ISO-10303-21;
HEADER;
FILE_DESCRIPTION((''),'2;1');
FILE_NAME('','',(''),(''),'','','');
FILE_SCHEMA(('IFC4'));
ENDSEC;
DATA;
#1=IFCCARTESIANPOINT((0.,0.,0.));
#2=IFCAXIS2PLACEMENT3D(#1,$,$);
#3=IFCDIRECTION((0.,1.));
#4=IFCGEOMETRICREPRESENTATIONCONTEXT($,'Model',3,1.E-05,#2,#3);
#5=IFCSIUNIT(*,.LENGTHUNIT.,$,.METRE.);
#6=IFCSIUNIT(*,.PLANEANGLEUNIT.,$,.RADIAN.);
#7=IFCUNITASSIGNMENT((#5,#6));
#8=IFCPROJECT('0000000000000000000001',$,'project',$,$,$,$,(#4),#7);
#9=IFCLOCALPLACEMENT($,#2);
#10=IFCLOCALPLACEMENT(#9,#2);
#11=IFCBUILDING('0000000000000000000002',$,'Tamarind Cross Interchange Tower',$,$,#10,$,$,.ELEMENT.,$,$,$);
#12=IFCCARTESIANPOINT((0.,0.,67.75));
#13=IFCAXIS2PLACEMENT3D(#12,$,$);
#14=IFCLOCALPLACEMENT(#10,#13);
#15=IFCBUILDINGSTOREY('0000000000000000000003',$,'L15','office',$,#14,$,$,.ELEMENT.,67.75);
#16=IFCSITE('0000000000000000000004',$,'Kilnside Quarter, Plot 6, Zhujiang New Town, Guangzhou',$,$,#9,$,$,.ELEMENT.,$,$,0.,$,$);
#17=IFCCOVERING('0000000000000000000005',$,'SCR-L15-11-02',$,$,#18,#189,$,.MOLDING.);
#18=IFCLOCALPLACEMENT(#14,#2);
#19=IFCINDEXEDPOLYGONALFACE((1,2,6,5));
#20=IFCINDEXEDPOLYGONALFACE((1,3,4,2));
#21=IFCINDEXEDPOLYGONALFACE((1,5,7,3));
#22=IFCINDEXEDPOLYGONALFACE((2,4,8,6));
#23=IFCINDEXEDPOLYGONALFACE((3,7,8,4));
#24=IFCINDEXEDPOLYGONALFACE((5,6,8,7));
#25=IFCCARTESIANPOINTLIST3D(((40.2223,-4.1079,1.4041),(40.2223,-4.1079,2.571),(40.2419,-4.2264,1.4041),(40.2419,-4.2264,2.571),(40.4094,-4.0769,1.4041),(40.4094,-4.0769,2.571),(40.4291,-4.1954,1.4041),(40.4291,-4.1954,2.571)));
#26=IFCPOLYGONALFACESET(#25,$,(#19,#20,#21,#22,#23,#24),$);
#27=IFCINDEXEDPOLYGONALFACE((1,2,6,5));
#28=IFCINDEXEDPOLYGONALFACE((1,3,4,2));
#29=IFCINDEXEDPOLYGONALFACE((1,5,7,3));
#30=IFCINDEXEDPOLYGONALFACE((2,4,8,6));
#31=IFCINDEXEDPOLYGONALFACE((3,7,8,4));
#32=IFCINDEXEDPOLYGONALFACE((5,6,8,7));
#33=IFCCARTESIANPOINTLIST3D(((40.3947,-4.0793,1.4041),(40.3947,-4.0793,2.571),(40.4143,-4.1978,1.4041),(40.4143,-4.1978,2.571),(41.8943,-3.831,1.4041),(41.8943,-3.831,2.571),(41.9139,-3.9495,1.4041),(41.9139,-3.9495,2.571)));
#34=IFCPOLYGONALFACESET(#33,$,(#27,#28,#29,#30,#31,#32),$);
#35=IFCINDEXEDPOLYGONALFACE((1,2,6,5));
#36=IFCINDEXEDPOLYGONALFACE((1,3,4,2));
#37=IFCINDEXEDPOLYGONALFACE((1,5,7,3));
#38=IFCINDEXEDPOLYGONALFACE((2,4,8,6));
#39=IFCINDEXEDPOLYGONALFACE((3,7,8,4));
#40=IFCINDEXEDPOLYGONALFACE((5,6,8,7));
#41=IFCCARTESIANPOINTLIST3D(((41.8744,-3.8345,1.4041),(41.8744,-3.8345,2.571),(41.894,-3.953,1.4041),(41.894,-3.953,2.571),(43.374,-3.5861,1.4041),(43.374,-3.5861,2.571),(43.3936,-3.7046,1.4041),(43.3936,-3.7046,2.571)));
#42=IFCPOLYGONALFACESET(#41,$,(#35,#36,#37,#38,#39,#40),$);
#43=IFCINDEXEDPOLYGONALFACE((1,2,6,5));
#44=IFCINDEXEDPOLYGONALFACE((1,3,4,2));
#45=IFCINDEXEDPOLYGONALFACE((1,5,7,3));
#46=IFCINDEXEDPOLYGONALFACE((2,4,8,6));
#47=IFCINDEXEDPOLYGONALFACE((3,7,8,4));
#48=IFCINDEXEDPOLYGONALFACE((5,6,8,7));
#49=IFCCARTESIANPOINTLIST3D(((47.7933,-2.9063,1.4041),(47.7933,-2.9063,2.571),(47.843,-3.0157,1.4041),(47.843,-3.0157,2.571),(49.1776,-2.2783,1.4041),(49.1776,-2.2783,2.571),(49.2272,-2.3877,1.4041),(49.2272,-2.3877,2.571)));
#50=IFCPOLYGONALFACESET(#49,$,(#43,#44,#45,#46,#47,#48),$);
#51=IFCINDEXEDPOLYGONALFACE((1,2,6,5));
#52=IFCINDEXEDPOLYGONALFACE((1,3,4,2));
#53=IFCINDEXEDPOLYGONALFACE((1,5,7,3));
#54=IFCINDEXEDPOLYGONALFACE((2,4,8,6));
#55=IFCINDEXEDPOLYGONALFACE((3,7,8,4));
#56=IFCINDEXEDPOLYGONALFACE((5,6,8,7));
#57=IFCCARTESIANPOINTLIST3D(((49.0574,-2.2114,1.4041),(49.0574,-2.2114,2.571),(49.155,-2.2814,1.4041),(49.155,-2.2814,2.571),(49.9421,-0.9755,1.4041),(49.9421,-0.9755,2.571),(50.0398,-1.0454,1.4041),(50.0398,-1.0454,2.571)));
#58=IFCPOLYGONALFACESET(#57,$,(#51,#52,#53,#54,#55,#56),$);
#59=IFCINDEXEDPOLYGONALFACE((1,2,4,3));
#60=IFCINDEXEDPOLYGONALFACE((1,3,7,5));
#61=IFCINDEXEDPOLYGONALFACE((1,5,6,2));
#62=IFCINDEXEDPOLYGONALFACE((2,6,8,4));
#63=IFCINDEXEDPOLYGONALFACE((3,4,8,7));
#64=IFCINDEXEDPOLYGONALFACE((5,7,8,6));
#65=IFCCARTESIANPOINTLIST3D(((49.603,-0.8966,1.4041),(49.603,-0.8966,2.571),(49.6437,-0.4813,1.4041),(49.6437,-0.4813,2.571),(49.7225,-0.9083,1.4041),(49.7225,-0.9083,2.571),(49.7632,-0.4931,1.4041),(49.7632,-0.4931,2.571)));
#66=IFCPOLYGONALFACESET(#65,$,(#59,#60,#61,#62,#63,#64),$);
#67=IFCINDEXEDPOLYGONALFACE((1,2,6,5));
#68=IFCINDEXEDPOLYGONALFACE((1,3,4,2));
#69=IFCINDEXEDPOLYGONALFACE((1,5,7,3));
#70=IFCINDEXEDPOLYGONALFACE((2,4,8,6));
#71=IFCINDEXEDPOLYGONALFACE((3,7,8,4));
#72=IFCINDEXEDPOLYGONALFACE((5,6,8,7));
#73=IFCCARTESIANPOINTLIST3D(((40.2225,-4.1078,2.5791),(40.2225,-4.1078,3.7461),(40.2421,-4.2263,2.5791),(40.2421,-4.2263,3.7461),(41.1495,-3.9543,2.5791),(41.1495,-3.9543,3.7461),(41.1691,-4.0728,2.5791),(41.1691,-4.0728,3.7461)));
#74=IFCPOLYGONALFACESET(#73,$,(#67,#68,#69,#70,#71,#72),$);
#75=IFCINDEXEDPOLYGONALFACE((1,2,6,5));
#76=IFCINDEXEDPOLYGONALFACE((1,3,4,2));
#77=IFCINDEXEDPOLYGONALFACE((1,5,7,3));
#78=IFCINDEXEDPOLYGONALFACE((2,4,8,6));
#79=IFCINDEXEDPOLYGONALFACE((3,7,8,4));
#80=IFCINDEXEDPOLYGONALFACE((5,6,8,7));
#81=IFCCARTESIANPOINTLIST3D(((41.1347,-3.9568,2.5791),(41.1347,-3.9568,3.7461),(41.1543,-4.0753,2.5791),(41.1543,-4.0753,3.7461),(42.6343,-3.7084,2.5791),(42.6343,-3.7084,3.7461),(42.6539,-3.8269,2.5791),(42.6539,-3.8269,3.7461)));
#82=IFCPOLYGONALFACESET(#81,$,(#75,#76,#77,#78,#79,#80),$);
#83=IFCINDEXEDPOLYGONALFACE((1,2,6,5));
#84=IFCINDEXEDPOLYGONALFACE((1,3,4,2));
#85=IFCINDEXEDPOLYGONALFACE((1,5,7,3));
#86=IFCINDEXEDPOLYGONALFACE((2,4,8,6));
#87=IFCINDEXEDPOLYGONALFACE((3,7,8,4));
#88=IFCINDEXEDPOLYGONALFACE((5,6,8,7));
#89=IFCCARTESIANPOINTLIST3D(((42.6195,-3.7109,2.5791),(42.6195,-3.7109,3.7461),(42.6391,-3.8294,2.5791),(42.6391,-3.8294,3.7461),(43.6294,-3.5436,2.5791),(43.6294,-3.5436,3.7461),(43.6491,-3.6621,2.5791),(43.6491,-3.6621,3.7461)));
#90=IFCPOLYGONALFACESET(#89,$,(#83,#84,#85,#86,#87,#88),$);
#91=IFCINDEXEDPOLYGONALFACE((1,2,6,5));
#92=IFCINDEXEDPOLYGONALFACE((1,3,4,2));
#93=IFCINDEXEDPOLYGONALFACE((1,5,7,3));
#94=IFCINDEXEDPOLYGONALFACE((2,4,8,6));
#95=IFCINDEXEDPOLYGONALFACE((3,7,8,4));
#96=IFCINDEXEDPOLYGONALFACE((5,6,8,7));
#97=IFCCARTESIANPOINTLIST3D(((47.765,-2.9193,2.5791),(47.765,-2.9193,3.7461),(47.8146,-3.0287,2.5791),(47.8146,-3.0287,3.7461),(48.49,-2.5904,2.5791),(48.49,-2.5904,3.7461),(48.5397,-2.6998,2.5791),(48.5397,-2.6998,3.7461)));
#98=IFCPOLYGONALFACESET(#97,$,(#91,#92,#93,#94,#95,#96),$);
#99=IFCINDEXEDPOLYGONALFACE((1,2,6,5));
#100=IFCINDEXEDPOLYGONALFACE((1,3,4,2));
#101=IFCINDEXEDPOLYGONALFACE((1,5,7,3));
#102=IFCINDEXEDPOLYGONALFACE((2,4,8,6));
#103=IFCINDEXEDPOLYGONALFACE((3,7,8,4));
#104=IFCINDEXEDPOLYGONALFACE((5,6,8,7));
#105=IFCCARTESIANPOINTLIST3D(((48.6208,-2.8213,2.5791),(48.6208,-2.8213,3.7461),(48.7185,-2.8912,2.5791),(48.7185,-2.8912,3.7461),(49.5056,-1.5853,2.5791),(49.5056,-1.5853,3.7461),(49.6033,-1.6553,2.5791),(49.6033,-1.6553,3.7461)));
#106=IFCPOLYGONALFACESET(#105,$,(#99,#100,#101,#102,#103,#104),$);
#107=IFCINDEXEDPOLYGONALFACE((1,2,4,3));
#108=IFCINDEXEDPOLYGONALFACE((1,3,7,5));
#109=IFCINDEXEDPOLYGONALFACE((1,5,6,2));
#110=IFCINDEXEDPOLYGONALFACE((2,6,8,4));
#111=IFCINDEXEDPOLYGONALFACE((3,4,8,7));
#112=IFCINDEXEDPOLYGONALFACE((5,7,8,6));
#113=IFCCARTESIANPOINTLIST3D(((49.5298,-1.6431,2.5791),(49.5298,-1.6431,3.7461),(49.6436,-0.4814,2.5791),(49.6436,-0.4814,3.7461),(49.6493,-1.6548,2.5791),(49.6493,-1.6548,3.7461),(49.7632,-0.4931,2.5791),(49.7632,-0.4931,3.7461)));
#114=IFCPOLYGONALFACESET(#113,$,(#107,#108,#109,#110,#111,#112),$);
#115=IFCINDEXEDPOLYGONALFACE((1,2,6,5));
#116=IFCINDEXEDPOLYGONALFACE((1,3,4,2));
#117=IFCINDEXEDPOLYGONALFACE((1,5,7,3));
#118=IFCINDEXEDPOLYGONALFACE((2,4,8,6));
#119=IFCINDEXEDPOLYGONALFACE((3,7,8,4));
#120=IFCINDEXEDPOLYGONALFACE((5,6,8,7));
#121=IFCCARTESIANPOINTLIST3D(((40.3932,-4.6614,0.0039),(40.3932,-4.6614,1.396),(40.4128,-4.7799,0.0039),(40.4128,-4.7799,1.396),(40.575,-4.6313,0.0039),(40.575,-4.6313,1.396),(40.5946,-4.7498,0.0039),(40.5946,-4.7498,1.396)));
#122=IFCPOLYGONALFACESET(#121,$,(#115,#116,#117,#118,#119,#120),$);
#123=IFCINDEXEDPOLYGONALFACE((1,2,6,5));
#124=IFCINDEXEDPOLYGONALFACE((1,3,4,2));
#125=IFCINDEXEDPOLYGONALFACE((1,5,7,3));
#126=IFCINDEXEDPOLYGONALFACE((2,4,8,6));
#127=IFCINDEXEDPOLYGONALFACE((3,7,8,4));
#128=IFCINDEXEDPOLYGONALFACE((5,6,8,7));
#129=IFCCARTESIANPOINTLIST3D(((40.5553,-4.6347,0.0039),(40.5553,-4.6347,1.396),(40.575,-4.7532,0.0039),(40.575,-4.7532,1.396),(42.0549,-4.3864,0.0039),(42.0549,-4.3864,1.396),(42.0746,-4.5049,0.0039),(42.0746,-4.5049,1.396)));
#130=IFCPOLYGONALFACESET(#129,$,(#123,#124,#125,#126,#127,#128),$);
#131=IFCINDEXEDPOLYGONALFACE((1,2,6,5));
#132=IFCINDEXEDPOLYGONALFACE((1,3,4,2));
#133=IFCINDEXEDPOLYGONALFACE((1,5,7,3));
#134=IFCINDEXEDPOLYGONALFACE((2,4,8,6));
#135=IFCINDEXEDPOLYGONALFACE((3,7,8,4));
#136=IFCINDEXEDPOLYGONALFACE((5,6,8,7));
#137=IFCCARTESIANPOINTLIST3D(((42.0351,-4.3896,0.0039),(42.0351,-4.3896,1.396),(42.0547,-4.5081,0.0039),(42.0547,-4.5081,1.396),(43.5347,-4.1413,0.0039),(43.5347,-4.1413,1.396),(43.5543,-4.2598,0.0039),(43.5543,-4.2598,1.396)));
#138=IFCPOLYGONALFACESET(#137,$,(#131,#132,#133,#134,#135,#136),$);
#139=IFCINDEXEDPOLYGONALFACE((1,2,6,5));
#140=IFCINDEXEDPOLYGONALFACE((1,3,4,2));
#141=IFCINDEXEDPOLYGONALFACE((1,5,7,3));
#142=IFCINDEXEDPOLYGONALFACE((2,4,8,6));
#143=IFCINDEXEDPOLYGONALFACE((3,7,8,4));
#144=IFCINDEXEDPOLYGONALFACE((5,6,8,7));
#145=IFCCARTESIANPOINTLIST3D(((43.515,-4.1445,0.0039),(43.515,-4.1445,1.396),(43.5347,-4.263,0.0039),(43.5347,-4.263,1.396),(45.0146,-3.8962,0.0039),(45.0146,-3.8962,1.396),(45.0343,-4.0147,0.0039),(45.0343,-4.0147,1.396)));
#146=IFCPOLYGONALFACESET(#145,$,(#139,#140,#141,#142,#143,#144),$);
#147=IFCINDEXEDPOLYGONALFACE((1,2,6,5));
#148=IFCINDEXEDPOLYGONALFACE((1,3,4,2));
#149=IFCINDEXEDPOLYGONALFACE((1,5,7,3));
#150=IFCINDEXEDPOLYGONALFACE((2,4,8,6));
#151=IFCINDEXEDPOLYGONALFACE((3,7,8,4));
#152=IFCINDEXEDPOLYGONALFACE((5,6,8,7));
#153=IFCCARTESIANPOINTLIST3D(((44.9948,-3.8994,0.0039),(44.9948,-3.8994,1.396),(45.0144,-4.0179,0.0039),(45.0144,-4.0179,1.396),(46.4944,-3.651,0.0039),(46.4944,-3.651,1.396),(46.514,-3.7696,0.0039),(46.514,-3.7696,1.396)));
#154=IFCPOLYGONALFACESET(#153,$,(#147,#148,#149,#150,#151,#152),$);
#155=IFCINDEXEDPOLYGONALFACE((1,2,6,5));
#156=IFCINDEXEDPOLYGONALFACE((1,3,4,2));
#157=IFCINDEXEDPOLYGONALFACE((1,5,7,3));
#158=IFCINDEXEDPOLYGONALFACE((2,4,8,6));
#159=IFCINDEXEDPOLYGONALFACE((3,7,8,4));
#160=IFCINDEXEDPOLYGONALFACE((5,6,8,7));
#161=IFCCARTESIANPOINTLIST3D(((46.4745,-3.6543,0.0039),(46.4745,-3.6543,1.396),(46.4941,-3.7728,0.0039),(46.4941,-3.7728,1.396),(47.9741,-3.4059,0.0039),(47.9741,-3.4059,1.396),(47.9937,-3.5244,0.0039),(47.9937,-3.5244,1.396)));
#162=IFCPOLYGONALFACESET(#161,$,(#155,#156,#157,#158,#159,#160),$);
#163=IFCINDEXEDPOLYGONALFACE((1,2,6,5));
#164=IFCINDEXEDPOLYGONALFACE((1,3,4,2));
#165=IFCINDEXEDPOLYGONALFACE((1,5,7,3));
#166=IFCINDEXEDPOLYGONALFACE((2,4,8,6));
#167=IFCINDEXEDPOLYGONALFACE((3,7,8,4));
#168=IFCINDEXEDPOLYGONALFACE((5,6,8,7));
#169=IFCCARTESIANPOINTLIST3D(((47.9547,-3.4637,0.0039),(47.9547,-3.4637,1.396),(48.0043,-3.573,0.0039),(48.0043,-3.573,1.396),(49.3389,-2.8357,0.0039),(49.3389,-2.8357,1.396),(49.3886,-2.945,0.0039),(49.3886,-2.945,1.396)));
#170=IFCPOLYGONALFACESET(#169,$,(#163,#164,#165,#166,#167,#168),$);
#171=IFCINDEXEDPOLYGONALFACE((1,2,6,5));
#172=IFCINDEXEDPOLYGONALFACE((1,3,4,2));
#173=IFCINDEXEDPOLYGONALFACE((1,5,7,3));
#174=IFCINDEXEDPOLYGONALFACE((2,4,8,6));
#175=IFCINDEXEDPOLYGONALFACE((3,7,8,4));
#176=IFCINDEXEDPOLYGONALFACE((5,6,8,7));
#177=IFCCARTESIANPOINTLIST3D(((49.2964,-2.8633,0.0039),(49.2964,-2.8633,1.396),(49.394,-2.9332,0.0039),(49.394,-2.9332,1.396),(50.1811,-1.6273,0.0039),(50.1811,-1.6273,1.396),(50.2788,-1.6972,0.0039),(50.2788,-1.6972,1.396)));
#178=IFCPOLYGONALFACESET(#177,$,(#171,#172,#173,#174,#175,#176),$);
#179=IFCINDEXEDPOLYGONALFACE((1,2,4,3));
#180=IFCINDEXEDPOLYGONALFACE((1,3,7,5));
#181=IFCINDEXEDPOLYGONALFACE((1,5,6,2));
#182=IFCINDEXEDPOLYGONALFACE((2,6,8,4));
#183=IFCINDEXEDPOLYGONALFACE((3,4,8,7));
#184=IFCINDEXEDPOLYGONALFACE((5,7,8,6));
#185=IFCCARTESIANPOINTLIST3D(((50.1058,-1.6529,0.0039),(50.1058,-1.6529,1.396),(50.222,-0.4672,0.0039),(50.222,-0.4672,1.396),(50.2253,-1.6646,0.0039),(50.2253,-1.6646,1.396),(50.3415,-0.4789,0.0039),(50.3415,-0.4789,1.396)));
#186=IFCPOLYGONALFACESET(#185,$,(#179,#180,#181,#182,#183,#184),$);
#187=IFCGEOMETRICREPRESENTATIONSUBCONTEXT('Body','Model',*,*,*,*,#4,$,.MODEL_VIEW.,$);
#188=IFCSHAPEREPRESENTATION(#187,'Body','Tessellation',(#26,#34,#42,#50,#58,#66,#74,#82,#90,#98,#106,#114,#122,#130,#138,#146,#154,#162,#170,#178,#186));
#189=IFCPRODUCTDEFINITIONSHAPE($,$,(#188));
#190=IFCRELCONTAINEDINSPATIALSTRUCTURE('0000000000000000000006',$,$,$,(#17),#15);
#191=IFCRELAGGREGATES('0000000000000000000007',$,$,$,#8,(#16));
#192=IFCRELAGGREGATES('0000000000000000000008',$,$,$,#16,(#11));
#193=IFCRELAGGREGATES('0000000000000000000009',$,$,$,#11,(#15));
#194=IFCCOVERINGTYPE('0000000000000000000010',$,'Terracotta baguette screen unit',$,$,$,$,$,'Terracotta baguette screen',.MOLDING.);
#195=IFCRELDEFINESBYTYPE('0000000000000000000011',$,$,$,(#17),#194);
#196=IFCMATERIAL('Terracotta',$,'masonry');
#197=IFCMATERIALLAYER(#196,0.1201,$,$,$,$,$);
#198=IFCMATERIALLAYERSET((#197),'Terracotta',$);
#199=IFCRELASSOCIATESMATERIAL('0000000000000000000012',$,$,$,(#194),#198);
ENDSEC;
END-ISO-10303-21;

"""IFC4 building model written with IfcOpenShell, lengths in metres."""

from ifc_helpers import new_model, si_unit, direction, frame, origin, origin_2d, place, context, subcontext, project, spatial, rectangle, extrude, material, layer, layer_set, type_object, element, save


model = new_model("IFC4")

# Units and contexts
model_context = context("Model", 3, precision=1e-05, world=origin(), true_north=direction((0.0, 1.0)))
body_context = subcontext(model_context, "Body", "Model", "MODEL_VIEW")
ifc_project = project(units=[si_unit("LENGTHUNIT", "METRE"), si_unit("PLANEANGLEUNIT", "RADIAN")], contexts=[model_context])

# Site, building, storey
site_placement = place(None, origin())
site = spatial("IfcSite", under=ifc_project, at=site_placement, Name="Kilnside Quarter, Plot 6, Zhujiang New Town, Guangzhou", CompositionType="ELEMENT", RefElevation=0.0)
building_placement = place(site_placement, origin())
building = spatial("IfcBuilding", under=site, at=building_placement, Name="Tamarind Cross Interchange Tower", CompositionType="ELEMENT")
storey_placement = place(building_placement, frame((0.0, 0.0, 67.75)))
storey = spatial("IfcBuildingStorey", under=building, at=storey_placement, Name="L15", Description="office", CompositionType="ELEMENT", Elevation=67.75)

# Covering
ifc_material_1 = material(Name="Terracotta", Category="masonry")
ifc_layer_1 = layer(ifc_material_1, 0.1201)
ifc_layer_set_1 = layer_set([ifc_layer_1], Name="Terracotta")
covering_type = type_object("IfcCoveringType", Name="Terracotta baguette screen unit", ElementType="Terracotta baguette screen", PredefinedType="MOLDING", material=ifc_layer_set_1)
covering_1_placement = place(storey_placement, origin())
element("IfcCovering", 1, at=covering_1_placement, inside=storey, type_object=covering_type, Name="SCR-L15-11-02", PredefinedType="MOLDING", context=body_context, shape_type="SweptSolid", body=[
    extrude(rectangle(XDim=0.1897, YDim=0.1201, at=origin_2d()), frame((40.3257, -4.1516, 1.4041), z_axis=(0.0, 0.0, 1.0), x_axis=(0.986563, 0.163381, 0.0)), (0.0, 0.0, 1.0), 1.167),
    extrude(rectangle(XDim=1.52, YDim=0.1201, at=origin_2d()), frame((41.1543, -4.0144, 1.4041), z_axis=(0.0, 0.0, 1.0), x_axis=(0.986563, 0.163381, 0.0)), (0.0, 0.0, 1.0), 1.167),
    extrude(rectangle(XDim=1.52, YDim=0.1201, at=origin_2d()), frame((42.634, -3.7695, 1.4041), z_axis=(0.0, 0.0, 1.0), x_axis=(0.986563, 0.163381, 0.0)), (0.0, 0.0, 1.0), 1.167),
    extrude(rectangle(XDim=1.52, YDim=0.1201, at=origin_2d()), frame((48.5103, -2.647, 1.4041), z_axis=(0.0, 0.0, 1.0), x_axis=(0.910661, 0.413155, 0.0)), (0.0, 0.0, 1.0), 1.167),
    extrude(rectangle(XDim=1.52, YDim=0.1201, at=origin_2d()), frame((49.5486, -1.6284, 1.4041), z_axis=(0.0, 0.0, 1.0), x_axis=(0.582078, 0.813133, 0.0)), (0.0, 0.0, 1.0), 1.167),
    extrude(rectangle(XDim=0.4172, YDim=0.1201, at=origin_2d()), frame((49.6831, -0.6948, 1.4041), z_axis=(0.0, 0.0, 1.0), x_axis=(0.097527, 0.995233, 0.0)), (0.0, 0.0, 1.0), 1.167),
    extrude(rectangle(XDim=0.9397, YDim=0.1201, at=origin_2d()), frame((40.6958, -4.0903, 2.5791), z_axis=(0.0, 0.0, 1.0), x_axis=(0.986563, 0.163381, 0.0)), (0.0, 0.0, 1.0), 1.167),
    extrude(rectangle(XDim=1.52, YDim=0.1201, at=origin_2d()), frame((41.8943, -3.8918, 2.5791), z_axis=(0.0, 0.0, 1.0), x_axis=(0.986563, 0.163381, 0.0)), (0.0, 0.0, 1.0), 1.167),
    extrude(rectangle(XDim=1.0237, YDim=0.1201, at=origin_2d()), frame((43.1343, -3.6865, 2.5791), z_axis=(0.0, 0.0, 1.0), x_axis=(0.986563, 0.163381, 0.0)), (0.0, 0.0, 1.0), 1.167),
    extrude(rectangle(XDim=0.7961, YDim=0.1201, at=origin_2d()), frame((48.1523, -2.8096, 2.5791), z_axis=(0.0, 0.0, 1.0), x_axis=(0.910661, 0.413155, 0.0)), (0.0, 0.0, 1.0), 1.167),
    extrude(rectangle(XDim=1.52, YDim=0.1201, at=origin_2d()), frame((49.1121, -2.2383, 2.5791), z_axis=(0.0, 0.0, 1.0), x_axis=(0.582078, 0.813133, 0.0)), (0.0, 0.0, 1.0), 1.167),
    extrude(rectangle(XDim=1.1672, YDim=0.1201, at=origin_2d()), frame((49.6465, -1.0681, 2.5791), z_axis=(0.0, 0.0, 1.0), x_axis=(0.097527, 0.995233, 0.0)), (0.0, 0.0, 1.0), 1.167),
    extrude(rectangle(XDim=0.1843, YDim=0.1201, at=origin_2d()), frame((40.4939, -4.7056, 0.0039), z_axis=(0.0, 0.0, 1.0), x_axis=(0.986563, 0.163381, 0.0)), (0.0, 0.0, 1.0), 1.3921),
    extrude(rectangle(XDim=1.52, YDim=0.1201, at=origin_2d()), frame((41.3149, -4.5698, 0.0039), z_axis=(0.0, 0.0, 1.0), x_axis=(0.986563, 0.163381, 0.0)), (0.0, 0.0, 1.0), 1.3921),
    extrude(rectangle(XDim=1.52, YDim=0.1201, at=origin_2d()), frame((42.7947, -4.3247, 0.0039), z_axis=(0.0, 0.0, 1.0), x_axis=(0.986563, 0.163381, 0.0)), (0.0, 0.0, 1.0), 1.3921),
    extrude(rectangle(XDim=1.52, YDim=0.1201, at=origin_2d()), frame((44.2747, -4.0796, 0.0039), z_axis=(0.0, 0.0, 1.0), x_axis=(0.986563, 0.163381, 0.0)), (0.0, 0.0, 1.0), 1.3921),
    extrude(rectangle(XDim=1.52, YDim=0.1201, at=origin_2d()), frame((45.7544, -3.8345, 0.0039), z_axis=(0.0, 0.0, 1.0), x_axis=(0.986563, 0.163381, 0.0)), (0.0, 0.0, 1.0), 1.3921),
    extrude(rectangle(XDim=1.52, YDim=0.1201, at=origin_2d()), frame((47.2341, -3.5894, 0.0039), z_axis=(0.0, 0.0, 1.0), x_axis=(0.986563, 0.163381, 0.0)), (0.0, 0.0, 1.0), 1.3921),
    extrude(rectangle(XDim=1.52, YDim=0.1201, at=origin_2d()), frame((48.6716, -3.2043, 0.0039), z_axis=(0.0, 0.0, 1.0), x_axis=(0.910661, 0.413155, 0.0)), (0.0, 0.0, 1.0), 1.3921),
    extrude(rectangle(XDim=1.52, YDim=0.1201, at=origin_2d()), frame((49.7876, -2.2803, 0.0039), z_axis=(0.0, 0.0, 1.0), x_axis=(0.582078, 0.813133, 0.0)), (0.0, 0.0, 1.0), 1.3921),
    extrude(rectangle(XDim=1.1914, YDim=0.1201, at=origin_2d()), frame((50.2236, -1.0659, 0.0039), z_axis=(0.0, 0.0, 1.0), x_axis=(0.097527, 0.995233, 0.0)), (0.0, 0.0, 1.0), 1.3921),
])

save(model, "model.ifc")
